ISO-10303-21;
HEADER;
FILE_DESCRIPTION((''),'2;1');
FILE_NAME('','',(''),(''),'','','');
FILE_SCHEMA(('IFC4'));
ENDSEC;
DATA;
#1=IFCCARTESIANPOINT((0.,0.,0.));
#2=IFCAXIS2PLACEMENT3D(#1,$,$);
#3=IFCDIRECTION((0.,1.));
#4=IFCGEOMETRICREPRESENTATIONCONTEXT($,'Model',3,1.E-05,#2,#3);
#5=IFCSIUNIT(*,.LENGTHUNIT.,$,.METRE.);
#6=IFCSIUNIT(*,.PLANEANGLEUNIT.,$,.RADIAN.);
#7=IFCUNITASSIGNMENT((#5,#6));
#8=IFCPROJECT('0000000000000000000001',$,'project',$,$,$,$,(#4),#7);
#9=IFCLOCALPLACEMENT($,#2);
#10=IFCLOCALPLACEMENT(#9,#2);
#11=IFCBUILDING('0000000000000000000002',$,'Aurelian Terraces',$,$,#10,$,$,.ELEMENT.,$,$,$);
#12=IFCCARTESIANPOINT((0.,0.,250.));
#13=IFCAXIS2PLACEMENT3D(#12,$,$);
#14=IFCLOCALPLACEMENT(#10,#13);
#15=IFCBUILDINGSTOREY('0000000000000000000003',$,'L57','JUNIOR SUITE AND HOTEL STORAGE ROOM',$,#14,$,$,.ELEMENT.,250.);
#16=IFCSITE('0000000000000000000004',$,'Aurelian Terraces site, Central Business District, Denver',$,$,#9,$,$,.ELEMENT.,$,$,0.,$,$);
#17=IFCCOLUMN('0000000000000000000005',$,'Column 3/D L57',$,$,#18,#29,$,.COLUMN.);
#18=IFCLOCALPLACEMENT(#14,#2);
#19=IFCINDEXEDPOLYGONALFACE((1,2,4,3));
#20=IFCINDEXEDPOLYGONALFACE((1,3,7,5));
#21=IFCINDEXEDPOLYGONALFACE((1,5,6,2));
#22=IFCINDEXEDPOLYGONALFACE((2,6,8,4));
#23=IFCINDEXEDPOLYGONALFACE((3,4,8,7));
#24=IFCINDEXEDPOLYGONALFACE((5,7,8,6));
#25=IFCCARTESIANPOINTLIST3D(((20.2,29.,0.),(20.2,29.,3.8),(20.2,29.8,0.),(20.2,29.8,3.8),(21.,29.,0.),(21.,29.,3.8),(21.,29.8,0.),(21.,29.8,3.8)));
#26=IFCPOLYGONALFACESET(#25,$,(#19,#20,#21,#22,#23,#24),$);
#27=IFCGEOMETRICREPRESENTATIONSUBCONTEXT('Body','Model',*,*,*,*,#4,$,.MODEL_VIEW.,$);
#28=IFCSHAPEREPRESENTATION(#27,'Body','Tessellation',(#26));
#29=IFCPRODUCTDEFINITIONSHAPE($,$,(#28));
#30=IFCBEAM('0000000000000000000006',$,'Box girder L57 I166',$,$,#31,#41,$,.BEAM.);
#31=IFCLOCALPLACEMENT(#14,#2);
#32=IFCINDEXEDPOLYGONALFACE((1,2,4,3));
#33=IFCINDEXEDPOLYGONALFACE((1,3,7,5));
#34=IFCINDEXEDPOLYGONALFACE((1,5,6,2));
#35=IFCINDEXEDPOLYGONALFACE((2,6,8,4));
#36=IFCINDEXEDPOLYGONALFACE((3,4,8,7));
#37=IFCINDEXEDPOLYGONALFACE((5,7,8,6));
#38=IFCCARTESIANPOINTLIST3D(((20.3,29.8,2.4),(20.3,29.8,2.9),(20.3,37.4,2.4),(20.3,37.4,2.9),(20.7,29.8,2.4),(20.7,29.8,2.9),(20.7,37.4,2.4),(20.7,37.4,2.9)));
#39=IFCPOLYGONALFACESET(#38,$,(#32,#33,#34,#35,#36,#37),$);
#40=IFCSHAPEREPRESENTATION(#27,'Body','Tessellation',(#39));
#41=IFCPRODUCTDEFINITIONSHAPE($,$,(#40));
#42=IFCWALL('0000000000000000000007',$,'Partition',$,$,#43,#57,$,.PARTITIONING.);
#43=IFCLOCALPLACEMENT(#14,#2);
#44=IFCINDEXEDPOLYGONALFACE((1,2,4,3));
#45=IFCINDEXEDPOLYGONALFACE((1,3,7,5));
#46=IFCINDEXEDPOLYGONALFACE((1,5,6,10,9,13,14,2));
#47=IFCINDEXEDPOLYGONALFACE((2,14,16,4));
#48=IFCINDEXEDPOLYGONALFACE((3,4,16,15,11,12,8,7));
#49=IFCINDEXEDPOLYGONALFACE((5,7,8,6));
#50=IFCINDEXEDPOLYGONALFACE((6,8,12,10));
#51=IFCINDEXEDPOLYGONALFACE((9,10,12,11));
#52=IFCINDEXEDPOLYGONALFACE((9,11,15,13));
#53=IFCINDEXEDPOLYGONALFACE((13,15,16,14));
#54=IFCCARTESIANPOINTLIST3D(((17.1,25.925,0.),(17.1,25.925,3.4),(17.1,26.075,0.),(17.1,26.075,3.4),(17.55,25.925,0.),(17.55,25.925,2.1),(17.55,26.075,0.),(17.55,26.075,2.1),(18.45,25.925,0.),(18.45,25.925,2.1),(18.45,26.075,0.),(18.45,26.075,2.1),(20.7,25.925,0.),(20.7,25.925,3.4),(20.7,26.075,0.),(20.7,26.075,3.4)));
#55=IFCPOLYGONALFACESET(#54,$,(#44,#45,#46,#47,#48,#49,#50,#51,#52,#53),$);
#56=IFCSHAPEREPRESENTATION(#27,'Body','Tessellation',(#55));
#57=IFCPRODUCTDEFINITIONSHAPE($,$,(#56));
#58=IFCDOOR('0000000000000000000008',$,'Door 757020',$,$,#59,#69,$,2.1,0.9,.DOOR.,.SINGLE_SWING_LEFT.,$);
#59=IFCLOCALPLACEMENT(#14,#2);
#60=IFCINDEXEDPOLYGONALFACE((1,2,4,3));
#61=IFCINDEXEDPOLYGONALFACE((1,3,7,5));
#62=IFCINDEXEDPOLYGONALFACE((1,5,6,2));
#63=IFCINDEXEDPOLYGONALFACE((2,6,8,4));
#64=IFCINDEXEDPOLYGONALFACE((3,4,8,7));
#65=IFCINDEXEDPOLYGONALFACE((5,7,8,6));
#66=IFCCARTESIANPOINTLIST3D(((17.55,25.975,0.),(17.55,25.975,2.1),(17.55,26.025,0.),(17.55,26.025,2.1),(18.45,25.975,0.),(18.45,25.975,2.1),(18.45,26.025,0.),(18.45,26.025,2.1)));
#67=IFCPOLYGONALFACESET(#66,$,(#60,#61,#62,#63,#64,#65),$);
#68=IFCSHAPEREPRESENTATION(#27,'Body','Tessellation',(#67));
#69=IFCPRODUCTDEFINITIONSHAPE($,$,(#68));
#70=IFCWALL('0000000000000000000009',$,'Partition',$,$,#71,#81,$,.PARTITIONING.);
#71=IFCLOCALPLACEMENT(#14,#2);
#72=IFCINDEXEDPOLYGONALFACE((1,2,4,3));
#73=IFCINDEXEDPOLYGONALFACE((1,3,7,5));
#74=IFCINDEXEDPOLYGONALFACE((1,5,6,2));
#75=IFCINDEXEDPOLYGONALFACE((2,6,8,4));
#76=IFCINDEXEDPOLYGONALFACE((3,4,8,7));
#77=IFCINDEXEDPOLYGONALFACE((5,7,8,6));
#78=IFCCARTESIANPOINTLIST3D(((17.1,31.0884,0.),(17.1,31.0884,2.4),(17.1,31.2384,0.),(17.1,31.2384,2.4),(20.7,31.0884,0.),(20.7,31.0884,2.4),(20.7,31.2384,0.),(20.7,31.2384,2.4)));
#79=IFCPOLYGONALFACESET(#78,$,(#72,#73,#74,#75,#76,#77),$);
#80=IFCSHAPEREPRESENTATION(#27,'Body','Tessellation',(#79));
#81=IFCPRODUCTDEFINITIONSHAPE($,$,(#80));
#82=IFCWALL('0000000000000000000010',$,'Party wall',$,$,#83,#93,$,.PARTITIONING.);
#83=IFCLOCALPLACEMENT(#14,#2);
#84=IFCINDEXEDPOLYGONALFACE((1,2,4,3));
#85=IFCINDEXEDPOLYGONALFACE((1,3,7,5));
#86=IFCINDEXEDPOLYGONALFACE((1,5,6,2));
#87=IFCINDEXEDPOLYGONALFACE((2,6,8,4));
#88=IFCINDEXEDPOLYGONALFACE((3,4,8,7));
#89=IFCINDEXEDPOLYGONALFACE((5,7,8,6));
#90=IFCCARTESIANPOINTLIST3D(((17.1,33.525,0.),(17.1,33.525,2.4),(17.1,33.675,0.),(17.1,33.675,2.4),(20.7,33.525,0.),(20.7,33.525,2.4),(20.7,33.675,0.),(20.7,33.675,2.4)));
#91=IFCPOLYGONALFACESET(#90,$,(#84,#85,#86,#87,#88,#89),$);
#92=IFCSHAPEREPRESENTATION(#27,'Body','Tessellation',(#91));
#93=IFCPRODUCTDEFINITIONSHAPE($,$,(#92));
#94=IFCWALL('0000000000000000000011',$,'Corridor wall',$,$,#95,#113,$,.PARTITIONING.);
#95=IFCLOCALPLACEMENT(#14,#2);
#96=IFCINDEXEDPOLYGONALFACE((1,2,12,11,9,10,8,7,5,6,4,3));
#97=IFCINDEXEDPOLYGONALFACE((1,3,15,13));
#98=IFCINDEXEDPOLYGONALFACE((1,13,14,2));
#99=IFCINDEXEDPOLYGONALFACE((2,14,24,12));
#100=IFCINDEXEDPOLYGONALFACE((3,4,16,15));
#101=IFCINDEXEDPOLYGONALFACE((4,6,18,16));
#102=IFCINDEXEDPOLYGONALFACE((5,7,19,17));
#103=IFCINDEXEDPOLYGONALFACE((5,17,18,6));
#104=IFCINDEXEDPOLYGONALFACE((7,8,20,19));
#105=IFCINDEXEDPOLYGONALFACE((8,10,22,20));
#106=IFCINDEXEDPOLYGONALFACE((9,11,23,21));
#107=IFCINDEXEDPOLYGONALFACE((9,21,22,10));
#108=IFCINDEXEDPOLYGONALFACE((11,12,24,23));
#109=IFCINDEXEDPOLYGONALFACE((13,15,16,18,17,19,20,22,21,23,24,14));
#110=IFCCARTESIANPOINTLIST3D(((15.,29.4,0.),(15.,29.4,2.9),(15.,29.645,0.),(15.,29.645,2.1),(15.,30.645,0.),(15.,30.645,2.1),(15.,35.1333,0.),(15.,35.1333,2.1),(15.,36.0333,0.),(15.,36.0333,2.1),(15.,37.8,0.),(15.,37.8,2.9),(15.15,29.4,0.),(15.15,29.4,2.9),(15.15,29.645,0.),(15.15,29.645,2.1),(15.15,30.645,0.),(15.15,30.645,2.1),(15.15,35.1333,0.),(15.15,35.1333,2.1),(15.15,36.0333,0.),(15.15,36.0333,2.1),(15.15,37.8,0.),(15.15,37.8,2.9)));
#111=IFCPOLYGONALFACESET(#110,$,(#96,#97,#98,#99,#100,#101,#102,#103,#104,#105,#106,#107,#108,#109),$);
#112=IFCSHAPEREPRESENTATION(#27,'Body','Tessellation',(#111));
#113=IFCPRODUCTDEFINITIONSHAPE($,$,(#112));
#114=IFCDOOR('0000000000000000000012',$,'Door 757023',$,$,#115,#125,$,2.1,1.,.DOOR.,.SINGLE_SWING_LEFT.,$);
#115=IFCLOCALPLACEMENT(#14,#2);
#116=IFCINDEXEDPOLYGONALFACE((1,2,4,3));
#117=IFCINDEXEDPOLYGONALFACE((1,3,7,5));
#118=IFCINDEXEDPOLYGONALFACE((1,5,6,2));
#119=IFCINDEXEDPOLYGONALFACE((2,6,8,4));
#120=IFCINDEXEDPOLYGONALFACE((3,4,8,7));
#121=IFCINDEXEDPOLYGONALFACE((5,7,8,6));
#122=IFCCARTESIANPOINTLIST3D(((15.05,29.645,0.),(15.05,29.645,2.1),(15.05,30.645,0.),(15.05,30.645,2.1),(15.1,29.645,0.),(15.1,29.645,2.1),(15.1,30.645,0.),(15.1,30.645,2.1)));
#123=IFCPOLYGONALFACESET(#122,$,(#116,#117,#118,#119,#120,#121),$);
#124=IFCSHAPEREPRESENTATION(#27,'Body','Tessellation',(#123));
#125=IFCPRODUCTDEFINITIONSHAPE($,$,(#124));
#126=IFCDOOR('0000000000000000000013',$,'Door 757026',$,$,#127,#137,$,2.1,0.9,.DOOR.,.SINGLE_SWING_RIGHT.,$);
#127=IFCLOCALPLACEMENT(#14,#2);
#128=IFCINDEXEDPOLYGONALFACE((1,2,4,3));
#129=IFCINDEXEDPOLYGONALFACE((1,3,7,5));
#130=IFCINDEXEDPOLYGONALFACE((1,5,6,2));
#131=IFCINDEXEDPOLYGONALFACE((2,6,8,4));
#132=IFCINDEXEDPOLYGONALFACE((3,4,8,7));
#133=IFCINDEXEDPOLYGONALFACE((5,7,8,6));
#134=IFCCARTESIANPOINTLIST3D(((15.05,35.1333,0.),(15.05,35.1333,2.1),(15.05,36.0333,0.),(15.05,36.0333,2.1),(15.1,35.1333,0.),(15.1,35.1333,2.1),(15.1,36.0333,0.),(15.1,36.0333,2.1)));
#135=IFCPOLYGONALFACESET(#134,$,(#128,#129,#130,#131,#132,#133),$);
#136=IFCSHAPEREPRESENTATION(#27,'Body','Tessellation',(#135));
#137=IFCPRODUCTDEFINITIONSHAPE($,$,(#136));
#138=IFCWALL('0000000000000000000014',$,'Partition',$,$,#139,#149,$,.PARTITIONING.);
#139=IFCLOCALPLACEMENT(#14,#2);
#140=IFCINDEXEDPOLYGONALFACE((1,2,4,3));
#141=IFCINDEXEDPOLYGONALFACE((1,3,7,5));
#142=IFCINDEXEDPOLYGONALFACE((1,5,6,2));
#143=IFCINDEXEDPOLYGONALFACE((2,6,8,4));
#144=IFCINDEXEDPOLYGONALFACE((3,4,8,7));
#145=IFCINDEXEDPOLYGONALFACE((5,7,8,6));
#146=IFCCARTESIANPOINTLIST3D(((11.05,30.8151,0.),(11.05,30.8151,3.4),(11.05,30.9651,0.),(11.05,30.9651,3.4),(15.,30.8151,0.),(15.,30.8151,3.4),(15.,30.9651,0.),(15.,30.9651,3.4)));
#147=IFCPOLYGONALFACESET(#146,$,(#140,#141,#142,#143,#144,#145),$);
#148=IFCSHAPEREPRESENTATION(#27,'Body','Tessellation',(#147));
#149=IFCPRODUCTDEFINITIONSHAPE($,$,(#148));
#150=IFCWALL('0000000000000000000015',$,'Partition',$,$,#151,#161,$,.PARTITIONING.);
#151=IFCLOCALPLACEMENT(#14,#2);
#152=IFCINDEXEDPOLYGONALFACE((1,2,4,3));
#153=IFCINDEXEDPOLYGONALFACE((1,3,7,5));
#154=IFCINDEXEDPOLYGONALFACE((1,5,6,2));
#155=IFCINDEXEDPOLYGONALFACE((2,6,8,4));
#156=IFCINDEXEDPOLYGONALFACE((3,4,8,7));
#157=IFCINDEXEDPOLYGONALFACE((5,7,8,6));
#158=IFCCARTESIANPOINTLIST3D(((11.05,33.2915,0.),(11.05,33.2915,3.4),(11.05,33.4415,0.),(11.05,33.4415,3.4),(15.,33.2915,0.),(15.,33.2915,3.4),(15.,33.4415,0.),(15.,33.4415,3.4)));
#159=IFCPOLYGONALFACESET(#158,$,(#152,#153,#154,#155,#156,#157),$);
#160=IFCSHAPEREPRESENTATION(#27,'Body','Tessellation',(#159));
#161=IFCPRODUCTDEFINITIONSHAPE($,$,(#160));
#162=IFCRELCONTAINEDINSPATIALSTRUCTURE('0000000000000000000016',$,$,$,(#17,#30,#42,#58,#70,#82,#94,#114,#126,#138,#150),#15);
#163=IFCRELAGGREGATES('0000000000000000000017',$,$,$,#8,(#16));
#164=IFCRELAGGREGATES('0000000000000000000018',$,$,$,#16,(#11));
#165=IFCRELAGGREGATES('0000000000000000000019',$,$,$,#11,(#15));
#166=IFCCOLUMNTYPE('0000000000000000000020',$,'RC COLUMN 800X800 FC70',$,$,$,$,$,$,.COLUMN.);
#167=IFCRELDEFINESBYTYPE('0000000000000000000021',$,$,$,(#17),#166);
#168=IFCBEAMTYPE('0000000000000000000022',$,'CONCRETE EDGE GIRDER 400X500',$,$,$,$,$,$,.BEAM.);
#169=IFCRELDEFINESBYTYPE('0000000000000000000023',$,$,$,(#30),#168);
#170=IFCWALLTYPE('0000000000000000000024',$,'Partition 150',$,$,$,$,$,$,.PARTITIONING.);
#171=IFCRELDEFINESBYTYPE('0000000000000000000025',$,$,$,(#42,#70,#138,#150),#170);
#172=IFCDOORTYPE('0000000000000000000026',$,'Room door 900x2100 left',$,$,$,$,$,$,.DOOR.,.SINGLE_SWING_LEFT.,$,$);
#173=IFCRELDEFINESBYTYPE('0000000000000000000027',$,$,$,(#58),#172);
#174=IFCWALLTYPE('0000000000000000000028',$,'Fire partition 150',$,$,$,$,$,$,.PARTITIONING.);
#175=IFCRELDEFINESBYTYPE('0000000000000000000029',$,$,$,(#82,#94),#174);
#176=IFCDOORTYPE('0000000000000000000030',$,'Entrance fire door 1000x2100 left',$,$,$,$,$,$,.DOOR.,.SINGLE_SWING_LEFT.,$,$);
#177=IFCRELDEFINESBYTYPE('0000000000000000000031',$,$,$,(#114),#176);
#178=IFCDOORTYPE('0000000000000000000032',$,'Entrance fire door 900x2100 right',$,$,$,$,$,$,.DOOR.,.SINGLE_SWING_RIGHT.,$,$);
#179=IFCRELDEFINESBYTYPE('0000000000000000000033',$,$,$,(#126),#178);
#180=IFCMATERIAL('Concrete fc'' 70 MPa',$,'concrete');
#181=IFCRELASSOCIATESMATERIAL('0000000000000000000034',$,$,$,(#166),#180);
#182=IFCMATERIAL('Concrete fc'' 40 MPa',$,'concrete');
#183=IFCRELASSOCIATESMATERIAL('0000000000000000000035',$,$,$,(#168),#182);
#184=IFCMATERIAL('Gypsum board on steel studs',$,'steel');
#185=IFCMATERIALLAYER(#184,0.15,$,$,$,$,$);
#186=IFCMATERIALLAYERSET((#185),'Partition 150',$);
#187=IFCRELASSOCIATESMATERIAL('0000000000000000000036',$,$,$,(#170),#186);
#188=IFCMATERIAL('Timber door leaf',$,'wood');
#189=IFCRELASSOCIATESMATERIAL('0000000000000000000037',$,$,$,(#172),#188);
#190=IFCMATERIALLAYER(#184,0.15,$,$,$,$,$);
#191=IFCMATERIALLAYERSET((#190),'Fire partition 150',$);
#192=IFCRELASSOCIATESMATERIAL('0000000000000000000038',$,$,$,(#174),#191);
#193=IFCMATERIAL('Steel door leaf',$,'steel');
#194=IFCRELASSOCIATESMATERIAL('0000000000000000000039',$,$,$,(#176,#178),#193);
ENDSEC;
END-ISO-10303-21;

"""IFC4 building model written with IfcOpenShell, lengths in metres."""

from ifc_helpers import new_model, si_unit, direction, frame, frame_2d, origin, origin_2d, place, context, subcontext, project, spatial, rectangle, extrude, source, transform, mapped, material, layer, layer_set, material_profile, profile_set, type_object, element, fill, save


model = new_model("IFC4")

# Units and contexts
model_context = context("Model", 3, precision=1e-05, world=origin(), true_north=direction((0.0, 1.0)))
body_context = subcontext(model_context, "Body", "Model", "MODEL_VIEW")
ifc_project = project(units=[si_unit("LENGTHUNIT", "METRE"), si_unit("PLANEANGLEUNIT", "RADIAN")], contexts=[model_context])

# Site, building, storey
site_placement = place(None, origin())
site = spatial("IfcSite", under=ifc_project, at=site_placement, Name="Aurelian Terraces site, Central Business District, Denver", CompositionType="ELEMENT", RefElevation=0.0)
building_placement = place(site_placement, origin())
building = spatial("IfcBuilding", under=site, at=building_placement, Name="Aurelian Terraces", CompositionType="ELEMENT")
storey_placement = place(building_placement, frame((0.0, 0.0, 250.0)))
storey = spatial("IfcBuildingStorey", under=building, at=storey_placement, Name="L57", Description="JUNIOR SUITE AND HOTEL STORAGE ROOM", CompositionType="ELEMENT", Elevation=250.0)

# Column
ifc_material_1 = material(Name="Concrete fc' 70 MPa", Category="concrete")
ifc_material_profile_1 = material_profile(ifc_material_1, rectangle(XDim=0.8, YDim=0.8, at=origin_2d()))
ifc_profile_set_1 = profile_set([ifc_material_profile_1], Name="Concrete fc' 70 MPa")
column_type = type_object("IfcColumnType", Name="RC COLUMN 800X800 FC70", PredefinedType="COLUMN", material=ifc_profile_set_1)
shared_shape_1 = source(origin(), body_context, "Body", "SweptSolid", [
    extrude(rectangle(XDim=0.8, YDim=0.8, at=origin_2d()), origin(), (0.0, 0.0, 1.0), 3.8),
])
column_placement = place(storey_placement, frame((20.6, 29.4, 0.0), z_axis=(0.0, 0.0, 1.0), x_axis=(1.0, 0.0, 0.0)))
element("IfcColumn", 1, at=column_placement, inside=storey, type_object=column_type, Name="Column 3/D L57", PredefinedType="COLUMN", context=body_context, shape_type="MappedRepresentation", body=[
    mapped(shared_shape_1, transform((0.0, 0.0, 0.0), scale=1.0)),
])

# Beam
ifc_material_2 = material(Name="Concrete fc' 40 MPa", Category="concrete")
ifc_material_profile_2 = material_profile(ifc_material_2, rectangle(XDim=0.4, YDim=0.5, at=origin_2d()))
ifc_profile_set_2 = profile_set([ifc_material_profile_2], Name="Concrete fc' 40 MPa")
beam_type = type_object("IfcBeamType", Name="CONCRETE EDGE GIRDER 400X500", PredefinedType="BEAM", material=ifc_profile_set_2)
shared_shape_2 = source(origin(), body_context, "Body", "SweptSolid", [
    extrude(rectangle(XDim=0.4, YDim=0.5, at=origin_2d()), origin(), (0.0, 0.0, 1.0), 7.6),
])
beam_placement = place(storey_placement, frame((20.5, 29.8, 2.65), z_axis=(0.0, 1.0, 0.0), x_axis=(-1.0, 0.0, 0.0)))
element("IfcBeam", 2, at=beam_placement, inside=storey, type_object=beam_type, Name="Box girder L57 I166", PredefinedType="BEAM", context=body_context, shape_type="MappedRepresentation", body=[
    mapped(shared_shape_2, transform((0.0, 0.0, 0.0), scale=1.0)),
])

# Wall, opening, door
ifc_material_3 = material(Name="Gypsum board on steel studs", Category="steel")
ifc_layer_1 = layer(ifc_material_3, 0.15)
ifc_layer_set_1 = layer_set([ifc_layer_1], Name="Partition 150")
wall_type_1 = type_object("IfcWallType", Name="Partition 150", PredefinedType="PARTITIONING", material=ifc_layer_set_1)
shared_shape_3 = source(origin(), body_context, "Body", "SweptSolid", [
    extrude(rectangle(XDim=3.6, YDim=0.15, at=frame_2d((1.8, 0.0))), origin(), (0.0, 0.0, 1.0), 3.4),
])
wall_1_placement = place(storey_placement, frame((17.1, 26.0, 0.0), z_axis=(0.0, 0.0, 1.0), x_axis=(1.0, 0.0, 0.0)))
wall_1 = element("IfcWall", 3, at=wall_1_placement, inside=storey, type_object=wall_type_1, Name="Partition", PredefinedType="PARTITIONING", context=body_context, shape_type="MappedRepresentation", body=[
    mapped(shared_shape_3, transform((0.0, 0.0, 0.0), scale=1.0)),
])
shared_shape_4 = source(origin(), body_context, "Body", "SweptSolid", [
    extrude(rectangle(XDim=0.9, YDim=2.1, at=frame_2d((0.45, 1.05))), frame((0.0, 0.085, 0.0), z_axis=(0.0, -1.0, 0.0), x_axis=(1.0, 0.0, 0.0)), (0.0, 0.0, 1.0), 0.17),
])
opening_1_placement = place(wall_1_placement, frame((0.45, 0.0, 0.0)))
opening_1 = element("IfcOpeningElement", 4, at=opening_1_placement, cuts=wall_1, PredefinedType="OPENING", context=body_context, shape_type="MappedRepresentation", body=[
    mapped(shared_shape_4, transform((0.0, 0.0, 0.0), scale=1.0)),
])
ifc_material_4 = material(Name="Timber door leaf", Category="wood")
door_type_1 = type_object("IfcDoorType", Name="Room door 900x2100 left", OperationType="SINGLE_SWING_LEFT", PredefinedType="DOOR", material=ifc_material_4)
shared_shape_5 = source(origin(), body_context, "Body", "SweptSolid", [
    extrude(rectangle(XDim=0.9, YDim=2.1, at=frame_2d((0.45, 1.05))), frame((0.0, 0.025, 0.0), z_axis=(0.0, -1.0, 0.0), x_axis=(1.0, 0.0, 0.0)), (0.0, 0.0, 1.0), 0.05),
])
door_1_placement = place(opening_1_placement, origin())
door_1 = element("IfcDoor", 5, at=door_1_placement, inside=storey, type_object=door_type_1, Name="Door 757020", OperationType="SINGLE_SWING_LEFT", OverallHeight=2.1, OverallWidth=0.9, PredefinedType="DOOR", context=body_context, shape_type="MappedRepresentation", body=[
    mapped(shared_shape_5, transform((0.0, 0.0, 0.0), scale=1.0)),
])
fill(opening_1, door_1)

# Walls
shared_shape_6 = source(origin(), body_context, "Body", "SweptSolid", [
    extrude(rectangle(XDim=3.6, YDim=0.15, at=frame_2d((1.8, 0.0))), origin(), (0.0, 0.0, 1.0), 2.4),
])
wall_2_placement = place(storey_placement, frame((17.1, 31.1634, 0.0), z_axis=(0.0, 0.0, 1.0), x_axis=(1.0, 0.0, 0.0)))
element("IfcWall", 6, at=wall_2_placement, inside=storey, type_object=wall_type_1, Name="Partition", PredefinedType="PARTITIONING", context=body_context, shape_type="MappedRepresentation", body=[
    mapped(shared_shape_6, transform((0.0, 0.0, 0.0), scale=1.0)),
])
ifc_layer_2 = layer(ifc_material_3, 0.15)
ifc_layer_set_2 = layer_set([ifc_layer_2], Name="Fire partition 150")
wall_type_2 = type_object("IfcWallType", Name="Fire partition 150", PredefinedType="PARTITIONING", material=ifc_layer_set_2)
wall_3_placement = place(storey_placement, frame((20.7, 33.6, 0.0), z_axis=(0.0, 0.0, 1.0), x_axis=(-1.0, 0.0, 0.0)))
element("IfcWall", 7, at=wall_3_placement, inside=storey, type_object=wall_type_2, Name="Party wall", PredefinedType="PARTITIONING", context=body_context, shape_type="MappedRepresentation", body=[
    mapped(shared_shape_6, transform((0.0, 0.0, 0.0), scale=1.0)),
])

# Wall, openings, doors
shared_shape_7 = source(origin(), body_context, "Body", "SweptSolid", [
    extrude(rectangle(XDim=8.4, YDim=0.15, at=frame_2d((4.2, 0.0))), origin(), (0.0, 0.0, 1.0), 2.9),
])
wall_4_placement = place(storey_placement, frame((15.075, 29.4, 0.0), z_axis=(0.0, 0.0, 1.0), x_axis=(0.0, 1.0, 0.0)))
wall_4 = element("IfcWall", 8, at=wall_4_placement, inside=storey, type_object=wall_type_2, Name="Corridor wall", PredefinedType="PARTITIONING", context=body_context, shape_type="MappedRepresentation", body=[
    mapped(shared_shape_7, transform((0.0, 0.0, 0.0), scale=1.0)),
])
shared_shape_8 = source(origin(), body_context, "Body", "SweptSolid", [
    extrude(rectangle(XDim=1.0, YDim=2.1, at=frame_2d((0.5, 1.05))), frame((0.0, 0.085, 0.0), z_axis=(0.0, -1.0, 0.0), x_axis=(1.0, 0.0, 0.0)), (0.0, 0.0, 1.0), 0.17),
])
opening_2_placement = place(wall_4_placement, frame((0.245, 0.0, 0.0)))
opening_2 = element("IfcOpeningElement", 9, at=opening_2_placement, cuts=wall_4, PredefinedType="OPENING", context=body_context, shape_type="MappedRepresentation", body=[
    mapped(shared_shape_8, transform((0.0, 0.0, 0.0), scale=1.0)),
])
opening_3_placement = place(wall_4_placement, frame((5.7333, 0.0, 0.0)))
opening_3 = element("IfcOpeningElement", 10, at=opening_3_placement, cuts=wall_4, PredefinedType="OPENING", context=body_context, shape_type="MappedRepresentation", body=[
    mapped(shared_shape_4, transform((0.0, 0.0, 0.0), scale=1.0)),
])
ifc_material_5 = material(Name="Steel door leaf", Category="steel")
door_type_2 = type_object("IfcDoorType", Name="Entrance fire door 1000x2100 left", OperationType="SINGLE_SWING_LEFT", PredefinedType="DOOR", material=ifc_material_5)
shared_shape_9 = source(origin(), body_context, "Body", "SweptSolid", [
    extrude(rectangle(XDim=1.0, YDim=2.1, at=frame_2d((0.5, 1.05))), frame((0.0, 0.025, 0.0), z_axis=(0.0, -1.0, 0.0), x_axis=(1.0, 0.0, 0.0)), (0.0, 0.0, 1.0), 0.05),
])
door_2_placement = place(opening_2_placement, origin())
door_2 = element("IfcDoor", 11, at=door_2_placement, inside=storey, type_object=door_type_2, Name="Door 757023", OperationType="SINGLE_SWING_LEFT", OverallHeight=2.1, OverallWidth=1.0, PredefinedType="DOOR", context=body_context, shape_type="MappedRepresentation", body=[
    mapped(shared_shape_9, transform((0.0, 0.0, 0.0), scale=1.0)),
])
fill(opening_2, door_2)
door_type_3 = type_object("IfcDoorType", Name="Entrance fire door 900x2100 right", OperationType="SINGLE_SWING_RIGHT", PredefinedType="DOOR", material=ifc_material_5)
door_3_placement = place(opening_3_placement, origin())
door_3 = element("IfcDoor", 12, at=door_3_placement, inside=storey, type_object=door_type_3, Name="Door 757026", OperationType="SINGLE_SWING_RIGHT", OverallHeight=2.1, OverallWidth=0.9, PredefinedType="DOOR", context=body_context, shape_type="MappedRepresentation", body=[
    mapped(shared_shape_5, transform((0.0, 0.0, 0.0), scale=1.0)),
])
fill(opening_3, door_3)

# Walls
shared_shape_10 = source(origin(), body_context, "Body", "SweptSolid", [
    extrude(rectangle(XDim=3.95, YDim=0.15, at=frame_2d((1.975, 0.0))), origin(), (0.0, 0.0, 1.0), 3.4),
])
for number, where, z_axis, x_axis, name in (
    (13, (15.0, 30.8901, 0.0), (0.0, 0.0, 1.0), (-1.0, 0.0, 0.0), "Partition"),
    (14, (15.0, 33.3665, 0.0), (0.0, 0.0, 1.0), (-1.0, 0.0, 0.0), "Partition"),
):
    element("IfcWall", number, at=place(storey_placement, frame(where, z_axis=z_axis, x_axis=x_axis)), inside=storey, type_object=wall_type_1, Name=name, PredefinedType="PARTITIONING", context=body_context, shape_type="MappedRepresentation", body=[
        mapped(shared_shape_10, transform((0.0, 0.0, 0.0), scale=1.0)),
    ])

save(model, "model.ifc")
